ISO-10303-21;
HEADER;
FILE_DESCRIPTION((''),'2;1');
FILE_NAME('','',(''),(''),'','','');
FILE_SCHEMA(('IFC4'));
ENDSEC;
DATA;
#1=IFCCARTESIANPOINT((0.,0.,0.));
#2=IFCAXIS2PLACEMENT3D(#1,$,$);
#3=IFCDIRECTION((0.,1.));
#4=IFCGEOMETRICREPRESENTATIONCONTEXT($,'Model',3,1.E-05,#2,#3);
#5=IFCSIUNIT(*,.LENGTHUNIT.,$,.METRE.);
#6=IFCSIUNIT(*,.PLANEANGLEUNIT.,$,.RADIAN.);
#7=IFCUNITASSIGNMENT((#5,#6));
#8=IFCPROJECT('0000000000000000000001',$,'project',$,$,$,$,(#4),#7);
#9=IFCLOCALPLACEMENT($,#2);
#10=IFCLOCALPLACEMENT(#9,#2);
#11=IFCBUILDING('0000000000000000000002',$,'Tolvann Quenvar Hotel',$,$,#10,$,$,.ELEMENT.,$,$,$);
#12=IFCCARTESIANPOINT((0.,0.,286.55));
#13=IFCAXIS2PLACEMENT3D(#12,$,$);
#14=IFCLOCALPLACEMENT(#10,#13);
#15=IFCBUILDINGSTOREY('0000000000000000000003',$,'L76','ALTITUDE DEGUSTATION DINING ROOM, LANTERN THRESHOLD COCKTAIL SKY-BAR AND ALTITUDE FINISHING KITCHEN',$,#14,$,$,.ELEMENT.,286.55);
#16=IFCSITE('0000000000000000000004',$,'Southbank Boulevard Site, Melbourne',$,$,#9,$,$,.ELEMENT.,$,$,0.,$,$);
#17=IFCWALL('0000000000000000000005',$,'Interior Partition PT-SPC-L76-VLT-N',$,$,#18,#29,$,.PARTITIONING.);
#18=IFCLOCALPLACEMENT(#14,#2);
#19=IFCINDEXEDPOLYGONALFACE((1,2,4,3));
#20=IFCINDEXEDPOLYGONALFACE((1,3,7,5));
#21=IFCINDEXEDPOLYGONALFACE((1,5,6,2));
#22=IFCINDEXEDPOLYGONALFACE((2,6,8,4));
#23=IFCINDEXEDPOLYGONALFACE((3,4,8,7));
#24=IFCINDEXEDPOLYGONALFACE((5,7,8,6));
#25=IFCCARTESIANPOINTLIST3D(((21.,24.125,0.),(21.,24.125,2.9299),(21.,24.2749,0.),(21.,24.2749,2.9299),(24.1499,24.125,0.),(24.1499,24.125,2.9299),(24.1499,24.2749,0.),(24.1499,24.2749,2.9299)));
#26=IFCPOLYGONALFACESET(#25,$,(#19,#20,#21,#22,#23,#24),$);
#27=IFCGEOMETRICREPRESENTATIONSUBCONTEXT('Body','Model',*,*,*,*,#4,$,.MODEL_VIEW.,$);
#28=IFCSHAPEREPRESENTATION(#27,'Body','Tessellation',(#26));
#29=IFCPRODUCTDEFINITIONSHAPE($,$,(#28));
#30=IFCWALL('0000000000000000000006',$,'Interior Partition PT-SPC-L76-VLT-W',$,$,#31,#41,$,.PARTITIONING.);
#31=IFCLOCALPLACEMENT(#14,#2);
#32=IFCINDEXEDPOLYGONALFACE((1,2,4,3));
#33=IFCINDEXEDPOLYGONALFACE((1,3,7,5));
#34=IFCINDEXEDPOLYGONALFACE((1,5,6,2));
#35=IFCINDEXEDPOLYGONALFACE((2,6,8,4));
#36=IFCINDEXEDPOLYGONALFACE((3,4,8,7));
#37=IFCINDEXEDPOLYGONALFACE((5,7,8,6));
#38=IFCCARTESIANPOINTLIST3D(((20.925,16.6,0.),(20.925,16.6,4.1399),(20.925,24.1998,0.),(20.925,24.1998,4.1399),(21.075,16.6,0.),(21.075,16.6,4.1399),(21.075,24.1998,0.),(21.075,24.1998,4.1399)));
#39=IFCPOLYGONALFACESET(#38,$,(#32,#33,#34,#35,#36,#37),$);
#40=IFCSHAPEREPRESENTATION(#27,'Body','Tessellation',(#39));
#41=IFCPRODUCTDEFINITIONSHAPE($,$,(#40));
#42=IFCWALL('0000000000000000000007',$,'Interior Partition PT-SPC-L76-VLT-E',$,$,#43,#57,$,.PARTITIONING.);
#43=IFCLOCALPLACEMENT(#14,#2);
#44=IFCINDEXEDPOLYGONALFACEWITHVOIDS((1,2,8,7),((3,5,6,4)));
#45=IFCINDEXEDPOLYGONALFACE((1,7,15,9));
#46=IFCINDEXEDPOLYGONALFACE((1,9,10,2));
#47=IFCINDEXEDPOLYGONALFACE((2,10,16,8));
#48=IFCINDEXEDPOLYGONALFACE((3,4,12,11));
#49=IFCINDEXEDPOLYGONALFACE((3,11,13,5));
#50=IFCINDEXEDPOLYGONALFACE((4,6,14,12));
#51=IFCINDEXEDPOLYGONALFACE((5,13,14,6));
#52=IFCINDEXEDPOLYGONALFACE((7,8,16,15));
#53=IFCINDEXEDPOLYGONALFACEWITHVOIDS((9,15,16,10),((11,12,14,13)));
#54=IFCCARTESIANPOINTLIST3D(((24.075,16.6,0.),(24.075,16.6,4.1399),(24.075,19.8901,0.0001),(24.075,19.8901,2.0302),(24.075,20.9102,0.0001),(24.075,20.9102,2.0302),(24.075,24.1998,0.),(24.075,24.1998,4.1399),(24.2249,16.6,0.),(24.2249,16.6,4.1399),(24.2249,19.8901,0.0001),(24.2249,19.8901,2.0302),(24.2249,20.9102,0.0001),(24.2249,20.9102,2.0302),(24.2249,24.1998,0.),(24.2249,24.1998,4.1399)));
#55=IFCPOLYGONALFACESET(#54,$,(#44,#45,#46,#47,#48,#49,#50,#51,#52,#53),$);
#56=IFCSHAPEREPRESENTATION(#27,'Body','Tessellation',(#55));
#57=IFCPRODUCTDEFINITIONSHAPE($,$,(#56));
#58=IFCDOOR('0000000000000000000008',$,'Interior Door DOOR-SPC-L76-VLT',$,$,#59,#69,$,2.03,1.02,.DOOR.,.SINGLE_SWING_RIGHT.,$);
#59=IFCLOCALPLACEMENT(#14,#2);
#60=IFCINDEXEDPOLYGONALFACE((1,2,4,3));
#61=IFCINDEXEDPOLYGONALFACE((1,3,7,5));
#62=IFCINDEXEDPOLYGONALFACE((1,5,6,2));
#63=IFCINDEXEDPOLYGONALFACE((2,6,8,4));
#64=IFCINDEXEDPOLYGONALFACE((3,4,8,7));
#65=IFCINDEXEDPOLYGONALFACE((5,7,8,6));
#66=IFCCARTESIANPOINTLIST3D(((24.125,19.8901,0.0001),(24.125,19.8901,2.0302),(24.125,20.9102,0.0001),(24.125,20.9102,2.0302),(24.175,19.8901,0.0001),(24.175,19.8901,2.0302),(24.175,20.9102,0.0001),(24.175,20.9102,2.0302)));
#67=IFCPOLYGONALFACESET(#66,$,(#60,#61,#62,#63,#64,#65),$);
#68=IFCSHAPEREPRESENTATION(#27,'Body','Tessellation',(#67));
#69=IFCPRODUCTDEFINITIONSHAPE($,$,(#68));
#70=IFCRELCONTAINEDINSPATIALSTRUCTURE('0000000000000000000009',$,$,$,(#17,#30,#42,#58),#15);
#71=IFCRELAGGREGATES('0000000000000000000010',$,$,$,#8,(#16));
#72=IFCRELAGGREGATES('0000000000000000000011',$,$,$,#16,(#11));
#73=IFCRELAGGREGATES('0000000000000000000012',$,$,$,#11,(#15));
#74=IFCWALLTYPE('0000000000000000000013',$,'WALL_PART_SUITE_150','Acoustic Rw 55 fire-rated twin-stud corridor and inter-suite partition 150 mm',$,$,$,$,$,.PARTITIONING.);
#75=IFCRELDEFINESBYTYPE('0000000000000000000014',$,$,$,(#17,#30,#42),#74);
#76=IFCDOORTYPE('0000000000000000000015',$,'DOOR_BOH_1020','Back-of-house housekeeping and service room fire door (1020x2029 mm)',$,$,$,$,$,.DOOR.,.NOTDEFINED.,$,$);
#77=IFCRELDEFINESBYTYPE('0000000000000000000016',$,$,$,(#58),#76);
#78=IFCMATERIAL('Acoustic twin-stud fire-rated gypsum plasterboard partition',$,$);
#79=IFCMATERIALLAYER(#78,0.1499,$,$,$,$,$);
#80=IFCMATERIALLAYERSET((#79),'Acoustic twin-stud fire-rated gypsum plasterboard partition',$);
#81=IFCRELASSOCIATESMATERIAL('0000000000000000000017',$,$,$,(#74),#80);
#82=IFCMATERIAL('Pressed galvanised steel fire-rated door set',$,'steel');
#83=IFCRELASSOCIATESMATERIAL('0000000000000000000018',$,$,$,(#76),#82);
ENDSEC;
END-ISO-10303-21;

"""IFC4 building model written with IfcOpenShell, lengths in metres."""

from ifc_helpers import new_model, si_unit, direction, frame, frame_2d, origin, place, context, subcontext, project, spatial, rectangle, extrude, source, transform, mapped, material, layer, layer_set, type_object, type_shapes, element, fill, save


model = new_model("IFC4")

# Units and contexts
model_context = context("Model", 3, precision=1e-05, world=origin(), true_north=direction((0.0, 1.0)))
body_context = subcontext(model_context, "Body", "Model", "MODEL_VIEW")
ifc_project = project(units=[si_unit("LENGTHUNIT", "METRE"), si_unit("PLANEANGLEUNIT", "RADIAN")], contexts=[model_context])

# Site, building, storey
site_placement = place(None, origin())
site = spatial("IfcSite", under=ifc_project, at=site_placement, Name="Southbank Boulevard Site, Melbourne", CompositionType="ELEMENT", RefElevation=0.0)
building_placement = place(site_placement, origin())
building = spatial("IfcBuilding", under=site, at=building_placement, Name="Tolvann Quenvar Hotel", CompositionType="ELEMENT")
storey_placement = place(building_placement, frame((0.0, 0.0, 286.55)))
storey = spatial("IfcBuildingStorey", under=building, at=storey_placement, Name="L76", Description="ALTITUDE DEGUSTATION DINING ROOM, LANTERN THRESHOLD COCKTAIL SKY-BAR AND ALTITUDE FINISHING KITCHEN", CompositionType="ELEMENT", Elevation=286.55)

# Shared definitions
ifc_material_1 = material(Name="Acoustic twin-stud fire-rated gypsum plasterboard partition")
ifc_layer = layer(ifc_material_1, 0.1499)
ifc_layer_set = layer_set([ifc_layer], Name="Acoustic twin-stud fire-rated gypsum plasterboard partition")
wall_type = type_object("IfcWallType", Name="WALL_PART_SUITE_150", Description="Acoustic Rw 55 fire-rated twin-stud corridor and inter-suite partition 150 mm", PredefinedType="PARTITIONING", material=ifc_layer_set)

# Shared definitions
ifc_material_2 = material(Name="Pressed galvanised steel fire-rated door set", Category="steel")
door_type = type_object("IfcDoorType", Name="DOOR_BOH_1020", Description="Back-of-house housekeeping and service room fire door (1020x2029 mm)", OperationType="NOTDEFINED", PredefinedType="DOOR", material=ifc_material_2)
shared_shape_1 = source(origin(), body_context, "Body", "SweptSolid", [
    extrude(rectangle(XDim=1.02, YDim=2.03, at=frame_2d((0.51, 1.0151))), frame((0.0, 0.0249, 0.0), z_axis=(0.0, -1.0, 0.0), x_axis=(1.0, 0.0, 0.0)), (0.0, 0.0, 1.0), 0.05),
])
type_shapes(door_type, [shared_shape_1])

# Walls
wall_1_placement = place(storey_placement, frame((21.0, 24.2, 0.0), z_axis=(0.0, 0.0, 1.0), x_axis=(1.0, 0.0, 0.0)))
element("IfcWall", 1, at=wall_1_placement, inside=storey, type_object=wall_type, Name="Interior Partition PT-SPC-L76-VLT-N", PredefinedType="PARTITIONING", context=body_context, shape_type="SweptSolid", body=[
    extrude(rectangle(XDim=3.1499, YDim=0.1499, at=frame_2d((1.575, 0.0))), origin(), (0.0, 0.0, 1.0), 2.9299),
])
wall_2_placement = place(storey_placement, frame((21.0, 16.6001, 0.0), z_axis=(0.0, 0.0, 1.0), x_axis=(0.0, 1.0, 0.0)))
element("IfcWall", 2, at=wall_2_placement, inside=storey, type_object=wall_type, Name="Interior Partition PT-SPC-L76-VLT-W", PredefinedType="PARTITIONING", context=body_context, shape_type="SweptSolid", body=[
    extrude(rectangle(XDim=7.5999, YDim=0.1499, at=frame_2d((3.7998, 0.0))), origin(), (0.0, 0.0, 1.0), 4.1399),
])

# Wall, opening, door
wall_3_placement = place(storey_placement, frame((24.1499, 16.6001, 0.0), z_axis=(0.0, 0.0, 1.0), x_axis=(0.0, 1.0, 0.0)))
wall_3 = element("IfcWall", 3, at=wall_3_placement, inside=storey, type_object=wall_type, Name="Interior Partition PT-SPC-L76-VLT-E", PredefinedType="PARTITIONING", context=body_context, shape_type="SweptSolid", body=[
    extrude(rectangle(XDim=7.5999, YDim=0.1499, at=frame_2d((3.7998, 0.0))), origin(), (0.0, 0.0, 1.0), 4.1399),
])
opening_1_placement = place(wall_3_placement, frame((3.29, 0.0, 0.0)))
opening_1 = element("IfcOpeningElement", 4, at=opening_1_placement, cuts=wall_3, PredefinedType="OPENING", context=body_context, shape_type="SweptSolid", body=[
    extrude(rectangle(XDim=1.02, YDim=2.03, at=frame_2d((0.51, 1.0151))), frame((0.0, 0.085, 0.0), z_axis=(0.0, -1.0, 0.0), x_axis=(1.0, 0.0, 0.0)), (0.0, 0.0, 1.0), 0.1699),
])
door_1_placement = place(opening_1_placement, origin())
door_1 = element("IfcDoor", 5, at=door_1_placement, inside=storey, type_object=door_type, Name="Interior Door DOOR-SPC-L76-VLT", OperationType="SINGLE_SWING_RIGHT", OverallHeight=2.03, OverallWidth=1.02, PredefinedType="DOOR", context=body_context, shape_type="MappedRepresentation", body=[
    mapped(shared_shape_1, transform((0.0, 0.0, 0.0), x_axis=(1.0, 0.0, 0.0), y_axis=(0.0, 1.0, 0.0), z_axis=(0.0, 0.0, 1.0), scale=1.0)),
])
fill(opening_1, door_1)

save(model, "model.ifc")
